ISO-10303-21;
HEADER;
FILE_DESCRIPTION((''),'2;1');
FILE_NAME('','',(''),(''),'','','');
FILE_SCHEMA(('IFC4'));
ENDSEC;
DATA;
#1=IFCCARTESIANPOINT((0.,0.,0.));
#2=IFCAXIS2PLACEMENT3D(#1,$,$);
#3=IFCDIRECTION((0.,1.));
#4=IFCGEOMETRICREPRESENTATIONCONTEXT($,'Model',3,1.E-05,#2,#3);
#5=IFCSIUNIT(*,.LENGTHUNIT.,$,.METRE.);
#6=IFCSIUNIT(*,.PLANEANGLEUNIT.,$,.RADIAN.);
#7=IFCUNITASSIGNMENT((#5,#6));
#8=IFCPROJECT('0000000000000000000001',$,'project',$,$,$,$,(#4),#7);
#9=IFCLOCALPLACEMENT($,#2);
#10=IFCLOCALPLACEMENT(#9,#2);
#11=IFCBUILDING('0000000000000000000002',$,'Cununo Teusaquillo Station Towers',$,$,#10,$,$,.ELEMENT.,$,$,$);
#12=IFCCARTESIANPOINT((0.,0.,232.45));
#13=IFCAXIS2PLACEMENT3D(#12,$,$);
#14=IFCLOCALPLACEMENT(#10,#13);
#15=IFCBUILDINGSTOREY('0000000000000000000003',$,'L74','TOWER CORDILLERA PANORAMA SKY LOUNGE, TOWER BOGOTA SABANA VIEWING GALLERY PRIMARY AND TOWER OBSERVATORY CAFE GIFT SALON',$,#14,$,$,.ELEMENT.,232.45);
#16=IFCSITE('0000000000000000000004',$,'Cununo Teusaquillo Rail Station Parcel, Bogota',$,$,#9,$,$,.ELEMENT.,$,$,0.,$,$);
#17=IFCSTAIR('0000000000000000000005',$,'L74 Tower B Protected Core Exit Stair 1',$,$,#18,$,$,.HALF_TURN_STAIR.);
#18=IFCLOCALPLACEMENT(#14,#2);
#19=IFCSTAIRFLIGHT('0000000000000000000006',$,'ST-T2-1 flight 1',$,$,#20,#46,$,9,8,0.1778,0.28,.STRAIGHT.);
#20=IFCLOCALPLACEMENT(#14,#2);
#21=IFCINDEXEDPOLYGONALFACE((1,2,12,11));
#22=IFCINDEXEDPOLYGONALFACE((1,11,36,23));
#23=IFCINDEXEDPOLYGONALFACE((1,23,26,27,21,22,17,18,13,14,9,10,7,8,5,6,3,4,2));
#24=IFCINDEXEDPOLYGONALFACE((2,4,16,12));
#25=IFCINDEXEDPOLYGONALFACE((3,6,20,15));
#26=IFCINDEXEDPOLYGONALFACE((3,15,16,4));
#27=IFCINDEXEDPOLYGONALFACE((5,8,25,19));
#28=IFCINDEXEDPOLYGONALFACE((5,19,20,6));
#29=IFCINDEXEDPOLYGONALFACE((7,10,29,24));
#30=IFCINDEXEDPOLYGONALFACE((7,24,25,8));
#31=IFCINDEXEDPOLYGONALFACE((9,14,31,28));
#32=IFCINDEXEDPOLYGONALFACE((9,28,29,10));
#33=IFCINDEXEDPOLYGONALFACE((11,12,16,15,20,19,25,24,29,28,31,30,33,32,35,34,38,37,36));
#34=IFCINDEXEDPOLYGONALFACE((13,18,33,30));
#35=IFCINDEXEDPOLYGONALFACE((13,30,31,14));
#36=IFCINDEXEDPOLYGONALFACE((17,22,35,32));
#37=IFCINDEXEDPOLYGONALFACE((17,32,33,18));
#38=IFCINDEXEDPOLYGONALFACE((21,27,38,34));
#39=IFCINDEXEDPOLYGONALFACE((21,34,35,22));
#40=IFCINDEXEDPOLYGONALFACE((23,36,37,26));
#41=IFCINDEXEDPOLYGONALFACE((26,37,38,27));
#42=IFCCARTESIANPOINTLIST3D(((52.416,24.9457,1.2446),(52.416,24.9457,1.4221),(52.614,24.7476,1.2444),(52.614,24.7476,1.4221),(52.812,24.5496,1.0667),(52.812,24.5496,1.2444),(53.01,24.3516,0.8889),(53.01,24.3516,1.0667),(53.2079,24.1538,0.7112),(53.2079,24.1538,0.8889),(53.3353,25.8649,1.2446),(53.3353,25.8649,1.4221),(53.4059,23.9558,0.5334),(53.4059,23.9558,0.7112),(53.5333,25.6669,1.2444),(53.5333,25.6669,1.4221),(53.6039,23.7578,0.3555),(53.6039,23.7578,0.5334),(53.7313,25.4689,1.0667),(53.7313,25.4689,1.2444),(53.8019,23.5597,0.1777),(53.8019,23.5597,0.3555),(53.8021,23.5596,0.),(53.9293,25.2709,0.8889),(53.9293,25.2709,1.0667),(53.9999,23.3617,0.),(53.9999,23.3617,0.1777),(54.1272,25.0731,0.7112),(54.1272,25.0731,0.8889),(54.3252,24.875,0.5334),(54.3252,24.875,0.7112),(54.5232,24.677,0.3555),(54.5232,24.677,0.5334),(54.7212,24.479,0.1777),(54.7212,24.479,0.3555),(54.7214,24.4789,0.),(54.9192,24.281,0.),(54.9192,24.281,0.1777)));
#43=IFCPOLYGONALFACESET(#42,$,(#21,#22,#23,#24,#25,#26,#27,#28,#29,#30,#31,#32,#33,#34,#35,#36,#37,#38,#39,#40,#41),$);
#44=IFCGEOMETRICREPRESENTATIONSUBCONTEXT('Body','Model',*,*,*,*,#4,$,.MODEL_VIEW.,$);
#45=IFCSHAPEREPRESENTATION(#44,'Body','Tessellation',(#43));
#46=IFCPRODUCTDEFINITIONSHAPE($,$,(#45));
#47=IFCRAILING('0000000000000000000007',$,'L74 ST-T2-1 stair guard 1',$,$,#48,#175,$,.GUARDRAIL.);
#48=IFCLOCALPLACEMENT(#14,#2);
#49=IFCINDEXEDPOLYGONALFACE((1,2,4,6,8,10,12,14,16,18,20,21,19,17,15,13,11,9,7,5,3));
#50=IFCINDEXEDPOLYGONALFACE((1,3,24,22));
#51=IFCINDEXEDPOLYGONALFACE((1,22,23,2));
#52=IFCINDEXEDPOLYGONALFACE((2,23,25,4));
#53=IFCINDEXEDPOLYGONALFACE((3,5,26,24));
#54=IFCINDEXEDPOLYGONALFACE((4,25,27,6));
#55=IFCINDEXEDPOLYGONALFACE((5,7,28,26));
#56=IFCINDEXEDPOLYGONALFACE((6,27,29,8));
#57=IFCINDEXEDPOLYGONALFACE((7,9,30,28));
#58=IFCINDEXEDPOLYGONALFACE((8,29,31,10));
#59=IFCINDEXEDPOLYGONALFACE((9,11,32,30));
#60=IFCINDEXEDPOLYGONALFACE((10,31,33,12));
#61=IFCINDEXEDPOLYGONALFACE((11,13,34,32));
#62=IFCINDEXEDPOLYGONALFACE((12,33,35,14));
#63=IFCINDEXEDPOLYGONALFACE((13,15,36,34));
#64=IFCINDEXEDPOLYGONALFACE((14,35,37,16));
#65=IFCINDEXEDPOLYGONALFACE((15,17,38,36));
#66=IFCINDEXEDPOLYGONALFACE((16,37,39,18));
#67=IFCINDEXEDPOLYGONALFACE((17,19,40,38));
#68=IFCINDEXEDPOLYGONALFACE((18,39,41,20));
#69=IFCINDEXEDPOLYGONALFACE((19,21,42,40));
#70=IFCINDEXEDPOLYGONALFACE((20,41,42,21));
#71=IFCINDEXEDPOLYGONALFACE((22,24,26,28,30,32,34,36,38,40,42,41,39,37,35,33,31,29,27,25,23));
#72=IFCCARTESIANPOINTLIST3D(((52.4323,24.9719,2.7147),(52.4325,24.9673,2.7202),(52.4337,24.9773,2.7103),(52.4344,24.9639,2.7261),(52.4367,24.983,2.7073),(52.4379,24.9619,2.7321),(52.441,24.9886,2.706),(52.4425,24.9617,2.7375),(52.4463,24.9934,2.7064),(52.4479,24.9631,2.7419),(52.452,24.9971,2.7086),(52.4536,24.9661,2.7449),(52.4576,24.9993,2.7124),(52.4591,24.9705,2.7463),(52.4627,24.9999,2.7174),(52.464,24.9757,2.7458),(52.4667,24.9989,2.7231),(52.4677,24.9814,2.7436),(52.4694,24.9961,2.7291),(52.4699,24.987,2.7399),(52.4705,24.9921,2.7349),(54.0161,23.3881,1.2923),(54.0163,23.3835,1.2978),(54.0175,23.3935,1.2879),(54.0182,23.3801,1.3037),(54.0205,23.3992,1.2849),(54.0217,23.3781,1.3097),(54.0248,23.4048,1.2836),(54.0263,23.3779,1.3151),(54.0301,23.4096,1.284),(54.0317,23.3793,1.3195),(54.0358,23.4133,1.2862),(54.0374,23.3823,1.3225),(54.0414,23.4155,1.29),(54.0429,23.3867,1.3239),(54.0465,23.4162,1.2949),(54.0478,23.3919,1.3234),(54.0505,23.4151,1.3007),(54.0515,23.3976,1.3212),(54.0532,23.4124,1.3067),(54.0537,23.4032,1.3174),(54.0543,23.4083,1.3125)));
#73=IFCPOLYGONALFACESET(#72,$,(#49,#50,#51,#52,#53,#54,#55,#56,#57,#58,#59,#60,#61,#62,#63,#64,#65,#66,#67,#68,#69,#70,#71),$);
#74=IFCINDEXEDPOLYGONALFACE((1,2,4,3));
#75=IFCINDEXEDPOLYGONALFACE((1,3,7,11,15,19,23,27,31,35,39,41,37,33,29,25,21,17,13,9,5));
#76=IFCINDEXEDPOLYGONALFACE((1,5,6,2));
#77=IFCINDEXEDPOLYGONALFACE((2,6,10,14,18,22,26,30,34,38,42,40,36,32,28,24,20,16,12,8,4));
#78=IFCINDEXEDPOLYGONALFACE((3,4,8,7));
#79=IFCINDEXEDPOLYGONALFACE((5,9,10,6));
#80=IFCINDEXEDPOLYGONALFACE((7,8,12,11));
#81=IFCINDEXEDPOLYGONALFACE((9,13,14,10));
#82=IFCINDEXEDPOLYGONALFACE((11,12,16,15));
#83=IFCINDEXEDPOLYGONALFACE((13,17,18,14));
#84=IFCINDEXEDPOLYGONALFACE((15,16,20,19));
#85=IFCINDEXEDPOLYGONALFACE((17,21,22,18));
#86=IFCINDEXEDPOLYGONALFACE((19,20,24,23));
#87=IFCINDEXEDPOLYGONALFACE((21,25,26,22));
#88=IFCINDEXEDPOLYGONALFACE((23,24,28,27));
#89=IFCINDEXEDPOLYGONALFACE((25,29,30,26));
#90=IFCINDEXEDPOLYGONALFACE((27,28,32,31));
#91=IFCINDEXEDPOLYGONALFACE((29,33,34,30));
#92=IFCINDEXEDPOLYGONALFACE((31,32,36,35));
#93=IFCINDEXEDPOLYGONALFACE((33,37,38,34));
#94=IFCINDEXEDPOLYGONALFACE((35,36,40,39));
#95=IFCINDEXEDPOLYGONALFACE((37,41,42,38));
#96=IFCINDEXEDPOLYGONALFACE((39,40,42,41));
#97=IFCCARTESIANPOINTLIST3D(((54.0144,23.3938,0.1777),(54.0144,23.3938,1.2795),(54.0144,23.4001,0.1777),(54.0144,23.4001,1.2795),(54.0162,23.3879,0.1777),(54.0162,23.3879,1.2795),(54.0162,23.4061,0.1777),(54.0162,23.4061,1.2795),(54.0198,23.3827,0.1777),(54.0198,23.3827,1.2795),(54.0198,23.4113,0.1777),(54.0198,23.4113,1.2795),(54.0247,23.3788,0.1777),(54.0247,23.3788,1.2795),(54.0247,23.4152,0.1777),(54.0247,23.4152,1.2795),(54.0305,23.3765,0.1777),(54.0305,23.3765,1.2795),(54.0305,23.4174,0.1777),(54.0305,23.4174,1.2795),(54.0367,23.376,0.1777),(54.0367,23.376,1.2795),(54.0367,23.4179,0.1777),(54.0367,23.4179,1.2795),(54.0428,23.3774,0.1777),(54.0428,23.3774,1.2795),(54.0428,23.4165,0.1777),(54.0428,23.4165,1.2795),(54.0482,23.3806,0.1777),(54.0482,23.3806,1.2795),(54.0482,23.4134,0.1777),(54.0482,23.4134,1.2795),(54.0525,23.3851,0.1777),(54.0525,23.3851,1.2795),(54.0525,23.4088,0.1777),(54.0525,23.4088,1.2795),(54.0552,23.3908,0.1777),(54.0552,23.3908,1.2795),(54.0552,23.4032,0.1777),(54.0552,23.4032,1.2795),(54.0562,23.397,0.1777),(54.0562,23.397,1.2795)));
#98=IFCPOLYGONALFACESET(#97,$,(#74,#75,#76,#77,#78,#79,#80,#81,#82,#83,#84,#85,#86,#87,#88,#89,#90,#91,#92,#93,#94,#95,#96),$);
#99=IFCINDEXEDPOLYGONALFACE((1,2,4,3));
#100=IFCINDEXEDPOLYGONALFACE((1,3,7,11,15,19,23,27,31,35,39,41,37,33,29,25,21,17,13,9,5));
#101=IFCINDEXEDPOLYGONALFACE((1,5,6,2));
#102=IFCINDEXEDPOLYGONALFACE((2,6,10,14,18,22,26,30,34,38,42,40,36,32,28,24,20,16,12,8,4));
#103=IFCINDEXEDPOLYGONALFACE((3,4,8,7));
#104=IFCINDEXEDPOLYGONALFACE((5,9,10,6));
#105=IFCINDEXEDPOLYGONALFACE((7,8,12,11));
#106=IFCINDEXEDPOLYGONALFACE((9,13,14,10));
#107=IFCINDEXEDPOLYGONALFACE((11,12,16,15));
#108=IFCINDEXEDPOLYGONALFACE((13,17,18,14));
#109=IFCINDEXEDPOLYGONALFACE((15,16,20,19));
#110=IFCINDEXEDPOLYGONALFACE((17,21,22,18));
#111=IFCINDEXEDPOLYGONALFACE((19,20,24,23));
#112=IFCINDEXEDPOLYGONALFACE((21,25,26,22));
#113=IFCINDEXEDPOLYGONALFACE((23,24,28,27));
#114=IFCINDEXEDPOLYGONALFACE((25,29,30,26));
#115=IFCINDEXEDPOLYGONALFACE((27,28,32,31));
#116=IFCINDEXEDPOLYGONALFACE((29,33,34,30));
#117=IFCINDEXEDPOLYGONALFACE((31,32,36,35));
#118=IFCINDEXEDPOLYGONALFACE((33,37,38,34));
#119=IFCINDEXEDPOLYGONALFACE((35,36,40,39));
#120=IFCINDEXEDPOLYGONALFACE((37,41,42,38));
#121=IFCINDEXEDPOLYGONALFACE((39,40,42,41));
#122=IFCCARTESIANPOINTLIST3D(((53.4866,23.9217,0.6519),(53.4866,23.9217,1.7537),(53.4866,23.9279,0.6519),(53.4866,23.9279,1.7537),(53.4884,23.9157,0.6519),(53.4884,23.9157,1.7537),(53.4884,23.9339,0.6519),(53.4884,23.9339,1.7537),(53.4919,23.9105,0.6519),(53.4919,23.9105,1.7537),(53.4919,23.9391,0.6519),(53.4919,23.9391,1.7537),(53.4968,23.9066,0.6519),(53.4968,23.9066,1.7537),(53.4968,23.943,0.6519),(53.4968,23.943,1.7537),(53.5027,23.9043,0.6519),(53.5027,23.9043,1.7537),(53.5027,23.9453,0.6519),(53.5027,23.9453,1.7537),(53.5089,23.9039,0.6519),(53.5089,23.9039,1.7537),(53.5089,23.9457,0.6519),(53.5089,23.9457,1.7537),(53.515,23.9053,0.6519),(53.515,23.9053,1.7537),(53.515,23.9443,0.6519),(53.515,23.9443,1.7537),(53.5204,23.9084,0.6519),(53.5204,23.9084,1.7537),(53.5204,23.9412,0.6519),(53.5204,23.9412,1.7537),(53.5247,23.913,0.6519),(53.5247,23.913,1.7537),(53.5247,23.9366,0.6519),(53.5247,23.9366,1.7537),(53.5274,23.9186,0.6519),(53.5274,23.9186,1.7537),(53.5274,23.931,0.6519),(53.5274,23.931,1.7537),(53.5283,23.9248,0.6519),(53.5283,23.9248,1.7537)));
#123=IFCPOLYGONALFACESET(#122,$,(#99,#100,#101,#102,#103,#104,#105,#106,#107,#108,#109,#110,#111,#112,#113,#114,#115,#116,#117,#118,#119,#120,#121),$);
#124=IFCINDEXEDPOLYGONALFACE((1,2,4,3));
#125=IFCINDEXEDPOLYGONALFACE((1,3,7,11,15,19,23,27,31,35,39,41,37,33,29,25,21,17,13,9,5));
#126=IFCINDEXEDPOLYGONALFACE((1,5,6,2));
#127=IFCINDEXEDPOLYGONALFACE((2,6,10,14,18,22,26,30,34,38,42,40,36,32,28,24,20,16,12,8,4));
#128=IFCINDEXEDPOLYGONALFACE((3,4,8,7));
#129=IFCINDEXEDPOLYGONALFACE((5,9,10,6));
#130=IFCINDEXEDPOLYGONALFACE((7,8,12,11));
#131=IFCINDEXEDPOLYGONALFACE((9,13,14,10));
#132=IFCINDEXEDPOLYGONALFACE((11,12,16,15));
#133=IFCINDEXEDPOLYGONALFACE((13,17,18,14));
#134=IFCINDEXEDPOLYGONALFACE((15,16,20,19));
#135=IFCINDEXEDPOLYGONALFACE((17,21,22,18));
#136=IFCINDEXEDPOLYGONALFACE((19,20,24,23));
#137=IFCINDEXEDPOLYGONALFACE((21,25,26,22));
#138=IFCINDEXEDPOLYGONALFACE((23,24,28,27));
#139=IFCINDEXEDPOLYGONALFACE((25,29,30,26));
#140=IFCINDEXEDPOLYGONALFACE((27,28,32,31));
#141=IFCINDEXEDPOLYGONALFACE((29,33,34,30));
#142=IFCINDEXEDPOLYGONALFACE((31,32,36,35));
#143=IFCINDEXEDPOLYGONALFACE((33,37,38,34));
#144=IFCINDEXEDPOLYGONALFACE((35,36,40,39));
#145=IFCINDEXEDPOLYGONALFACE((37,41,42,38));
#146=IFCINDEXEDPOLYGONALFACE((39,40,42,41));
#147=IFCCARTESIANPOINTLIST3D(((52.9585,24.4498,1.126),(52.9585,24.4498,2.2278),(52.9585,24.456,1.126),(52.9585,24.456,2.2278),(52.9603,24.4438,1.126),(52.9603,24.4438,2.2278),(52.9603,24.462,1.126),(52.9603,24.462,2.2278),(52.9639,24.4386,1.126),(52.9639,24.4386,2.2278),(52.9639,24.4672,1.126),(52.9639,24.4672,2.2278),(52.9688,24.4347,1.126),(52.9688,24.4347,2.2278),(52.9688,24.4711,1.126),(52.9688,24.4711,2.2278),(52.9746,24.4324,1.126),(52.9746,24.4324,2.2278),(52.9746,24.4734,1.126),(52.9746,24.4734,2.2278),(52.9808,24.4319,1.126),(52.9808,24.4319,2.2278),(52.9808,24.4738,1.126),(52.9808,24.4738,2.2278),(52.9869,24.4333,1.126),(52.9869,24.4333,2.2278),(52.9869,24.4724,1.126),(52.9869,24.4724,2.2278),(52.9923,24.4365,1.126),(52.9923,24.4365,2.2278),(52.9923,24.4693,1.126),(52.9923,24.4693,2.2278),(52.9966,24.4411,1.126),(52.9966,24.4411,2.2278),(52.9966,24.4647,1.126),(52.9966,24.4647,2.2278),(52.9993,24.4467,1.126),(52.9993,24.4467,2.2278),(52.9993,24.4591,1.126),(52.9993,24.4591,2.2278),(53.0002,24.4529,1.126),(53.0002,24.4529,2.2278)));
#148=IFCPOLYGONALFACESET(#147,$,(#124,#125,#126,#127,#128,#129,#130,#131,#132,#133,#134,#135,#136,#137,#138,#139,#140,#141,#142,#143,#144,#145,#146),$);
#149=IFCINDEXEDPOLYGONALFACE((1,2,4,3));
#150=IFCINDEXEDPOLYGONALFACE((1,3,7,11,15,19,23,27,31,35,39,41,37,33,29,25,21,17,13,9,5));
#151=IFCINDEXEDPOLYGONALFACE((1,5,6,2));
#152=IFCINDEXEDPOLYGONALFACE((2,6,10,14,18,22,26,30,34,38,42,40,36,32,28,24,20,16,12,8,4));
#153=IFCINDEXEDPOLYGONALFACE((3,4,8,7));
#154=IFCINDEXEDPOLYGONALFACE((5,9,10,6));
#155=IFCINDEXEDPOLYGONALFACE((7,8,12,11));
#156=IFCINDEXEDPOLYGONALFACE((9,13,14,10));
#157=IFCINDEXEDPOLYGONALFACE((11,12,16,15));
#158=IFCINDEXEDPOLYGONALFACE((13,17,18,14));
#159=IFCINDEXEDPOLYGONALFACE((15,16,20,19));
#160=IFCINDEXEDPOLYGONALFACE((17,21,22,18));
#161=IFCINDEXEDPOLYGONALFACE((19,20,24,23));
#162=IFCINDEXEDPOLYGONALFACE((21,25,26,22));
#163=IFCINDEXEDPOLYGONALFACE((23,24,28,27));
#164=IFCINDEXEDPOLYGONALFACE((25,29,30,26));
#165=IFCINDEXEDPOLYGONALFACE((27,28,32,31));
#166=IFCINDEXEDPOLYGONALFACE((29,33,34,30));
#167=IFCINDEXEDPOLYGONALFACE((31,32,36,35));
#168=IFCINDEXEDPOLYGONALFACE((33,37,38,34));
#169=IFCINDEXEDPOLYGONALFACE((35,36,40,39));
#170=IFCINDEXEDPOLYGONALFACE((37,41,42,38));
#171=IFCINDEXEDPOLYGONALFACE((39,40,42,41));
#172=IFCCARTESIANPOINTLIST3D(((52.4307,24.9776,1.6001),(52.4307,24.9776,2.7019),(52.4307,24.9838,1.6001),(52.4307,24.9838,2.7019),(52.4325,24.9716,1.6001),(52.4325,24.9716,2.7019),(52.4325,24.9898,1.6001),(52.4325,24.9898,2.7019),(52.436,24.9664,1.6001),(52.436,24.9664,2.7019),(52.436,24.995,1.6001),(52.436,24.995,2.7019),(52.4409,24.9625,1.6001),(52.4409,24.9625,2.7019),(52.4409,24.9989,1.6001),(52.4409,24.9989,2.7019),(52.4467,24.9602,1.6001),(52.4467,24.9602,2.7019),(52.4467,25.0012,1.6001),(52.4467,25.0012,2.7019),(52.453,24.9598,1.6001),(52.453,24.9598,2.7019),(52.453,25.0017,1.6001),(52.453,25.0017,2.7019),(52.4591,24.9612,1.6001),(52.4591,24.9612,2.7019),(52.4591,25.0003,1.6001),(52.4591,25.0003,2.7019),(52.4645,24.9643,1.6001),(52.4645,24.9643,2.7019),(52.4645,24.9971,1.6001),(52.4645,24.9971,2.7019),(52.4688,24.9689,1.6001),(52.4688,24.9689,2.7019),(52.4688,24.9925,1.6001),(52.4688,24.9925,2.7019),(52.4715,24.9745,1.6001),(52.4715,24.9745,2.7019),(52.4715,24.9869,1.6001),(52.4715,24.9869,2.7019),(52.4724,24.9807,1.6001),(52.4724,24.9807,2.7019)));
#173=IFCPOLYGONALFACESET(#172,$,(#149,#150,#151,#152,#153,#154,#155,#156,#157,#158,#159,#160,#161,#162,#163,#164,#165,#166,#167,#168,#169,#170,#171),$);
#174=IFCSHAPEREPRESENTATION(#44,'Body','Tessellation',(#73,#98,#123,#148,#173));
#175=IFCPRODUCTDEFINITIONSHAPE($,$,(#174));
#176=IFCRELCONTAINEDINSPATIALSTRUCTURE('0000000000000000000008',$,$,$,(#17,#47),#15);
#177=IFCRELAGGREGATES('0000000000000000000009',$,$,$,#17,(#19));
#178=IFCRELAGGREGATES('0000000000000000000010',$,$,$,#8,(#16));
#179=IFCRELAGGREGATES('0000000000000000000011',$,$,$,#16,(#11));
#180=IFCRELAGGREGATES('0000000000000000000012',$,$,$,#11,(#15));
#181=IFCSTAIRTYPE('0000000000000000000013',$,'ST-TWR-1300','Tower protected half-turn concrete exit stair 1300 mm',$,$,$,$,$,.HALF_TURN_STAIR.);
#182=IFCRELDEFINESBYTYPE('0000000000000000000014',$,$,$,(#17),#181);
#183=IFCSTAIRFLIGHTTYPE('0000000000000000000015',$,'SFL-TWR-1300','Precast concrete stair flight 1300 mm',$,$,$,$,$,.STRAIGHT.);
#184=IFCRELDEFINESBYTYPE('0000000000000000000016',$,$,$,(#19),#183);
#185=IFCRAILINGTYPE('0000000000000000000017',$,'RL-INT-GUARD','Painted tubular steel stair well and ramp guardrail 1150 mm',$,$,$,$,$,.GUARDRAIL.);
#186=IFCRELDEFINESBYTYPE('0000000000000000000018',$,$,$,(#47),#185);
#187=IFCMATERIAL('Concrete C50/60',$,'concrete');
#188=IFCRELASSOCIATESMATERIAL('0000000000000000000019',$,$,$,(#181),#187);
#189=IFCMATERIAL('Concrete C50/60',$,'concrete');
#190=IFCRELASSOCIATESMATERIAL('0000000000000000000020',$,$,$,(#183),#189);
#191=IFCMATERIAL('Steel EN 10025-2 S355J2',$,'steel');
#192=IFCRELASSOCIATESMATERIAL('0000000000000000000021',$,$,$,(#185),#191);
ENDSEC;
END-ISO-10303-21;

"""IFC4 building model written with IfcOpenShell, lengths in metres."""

from ifc_helpers import new_model, si_unit, direction, frame, origin, origin_2d, place, context, subcontext, project, spatial, polyline, circle, outline, extrude, material, type_object, element, aggregate, save


model = new_model("IFC4")

# Units and contexts
model_context = context("Model", 3, precision=1e-05, world=origin(), true_north=direction((0.0, 1.0)))
body_context = subcontext(model_context, "Body", "Model", "MODEL_VIEW")
ifc_project = project(units=[si_unit("LENGTHUNIT", "METRE"), si_unit("PLANEANGLEUNIT", "RADIAN")], contexts=[model_context])

# Site, building, storey
site_placement = place(None, origin())
site = spatial("IfcSite", under=ifc_project, at=site_placement, Name="Cununo Teusaquillo Rail Station Parcel, Bogota", CompositionType="ELEMENT", RefElevation=0.0)
building_placement = place(site_placement, origin())
building = spatial("IfcBuilding", under=site, at=building_placement, Name="Cununo Teusaquillo Station Towers", CompositionType="ELEMENT")
storey_placement = place(building_placement, frame((0.0, 0.0, 232.45)))
storey = spatial("IfcBuildingStorey", under=building, at=storey_placement, Name="L74", Description="TOWER CORDILLERA PANORAMA SKY LOUNGE, TOWER BOGOTA SABANA VIEWING GALLERY PRIMARY AND TOWER OBSERVATORY CAFE GIFT SALON", CompositionType="ELEMENT", Elevation=232.45)

# Stair, stair flight
ifc_material_1 = material(Name="Concrete C50/60", Category="concrete")
stair_type = type_object("IfcStairType", Name="ST-TWR-1300", Description="Tower protected half-turn concrete exit stair 1300 mm", PredefinedType="HALF_TURN_STAIR", material=ifc_material_1)
stair_placement = place(storey_placement, origin())
stair = element("IfcStair", 1, at=stair_placement, inside=storey, type_object=stair_type, Name="L74 Tower B Protected Core Exit Stair 1", PredefinedType="HALF_TURN_STAIR")
ifc_material_2 = material(Name="Concrete C50/60", Category="concrete")
stair_flight_type = type_object("IfcStairFlightType", Name="SFL-TWR-1300", Description="Precast concrete stair flight 1300 mm", PredefinedType="STRAIGHT", material=ifc_material_2)
stair_flight_placement = place(storey_placement, frame((54.4595, 23.8213, 0.0), z_axis=(0.0, 0.0, 1.0), x_axis=(-0.707107, 0.707107, 0.0)))
stair_flight = element("IfcStairFlight", 2, at=stair_flight_placement, type_object=stair_flight_type, Name="ST-T2-1 flight 1", NumberOfRisers=9, NumberOfTreads=8, PredefinedType="STRAIGHT", RiserHeight=0.1778, TreadLength=0.28, context=body_context, shape_type="SweptSolid", body=[
    extrude(outline(polyline([(0.0, 0.0), (0.0, 0.1777), (0.28, 0.1777), (0.28, 0.3555), (0.5601, 0.3555), (0.5601, 0.5334), (0.8401, 0.5334), (0.8401, 0.7112), (1.1201, 0.7112), (1.1201, 0.8889), (1.3999, 0.8889), (1.3999, 1.0667), (1.6799, 1.0667), (1.6799, 1.2444), (1.96, 1.2444), (1.96, 1.4221), (2.24, 1.4221), (2.24, 1.6001), (2.24, 1.2446), (0.2798, 0.0), (0.0, 0.0)])), frame((0.0, 0.6499, 0.0), z_axis=(0.0, -1.0, 0.0), x_axis=(1.0, 0.0, 0.0)), (0.0, 0.0, 1.0), 1.3),
])
aggregate(stair, [stair_flight])

# Railing
ifc_material_3 = material(Name="Steel EN 10025-2 S355J2", Category="steel")
railing_type_1 = type_object("IfcRailingType", Name="RL-INT-GUARD", Description="Painted tubular steel stair well and ramp guardrail 1150 mm", PredefinedType="GUARDRAIL", material=ifc_material_3)
railing_1_placement = place(storey_placement, frame((54.0352, 23.397, 0.1777)))
element("IfcRailing", 3, at=railing_1_placement, inside=storey, type_object=railing_type_1, Name="L74 ST-T2-1 stair guard 1", PredefinedType="GUARDRAIL", context=body_context, shape_type="SweptSolid", body=[
    extrude(circle(Radius=0.0239, at=origin_2d()), frame((0.0, 0.0, 1.126), z_axis=(-0.596912, 0.596912, 0.536089), x_axis=(-0.707107, -0.707107, 0.0)), (0.0, 0.0, 1.0), 2.6533),
    extrude(circle(Radius=0.021, at=origin_2d()), origin(), (0.0, 0.0, 1.0), 1.1018),
    extrude(circle(Radius=0.021, at=origin_2d()), frame((-0.5278, 0.5278, 0.4741)), (0.0, 0.0, 1.0), 1.1018),
    extrude(circle(Radius=0.021, at=origin_2d()), frame((-1.0559, 1.0559, 0.9482)), (0.0, 0.0, 1.0), 1.1018),
    extrude(circle(Radius=0.021, at=origin_2d()), frame((-1.5837, 1.5837, 1.4224)), (0.0, 0.0, 1.0), 1.1018),
])

save(model, "model.ifc")
